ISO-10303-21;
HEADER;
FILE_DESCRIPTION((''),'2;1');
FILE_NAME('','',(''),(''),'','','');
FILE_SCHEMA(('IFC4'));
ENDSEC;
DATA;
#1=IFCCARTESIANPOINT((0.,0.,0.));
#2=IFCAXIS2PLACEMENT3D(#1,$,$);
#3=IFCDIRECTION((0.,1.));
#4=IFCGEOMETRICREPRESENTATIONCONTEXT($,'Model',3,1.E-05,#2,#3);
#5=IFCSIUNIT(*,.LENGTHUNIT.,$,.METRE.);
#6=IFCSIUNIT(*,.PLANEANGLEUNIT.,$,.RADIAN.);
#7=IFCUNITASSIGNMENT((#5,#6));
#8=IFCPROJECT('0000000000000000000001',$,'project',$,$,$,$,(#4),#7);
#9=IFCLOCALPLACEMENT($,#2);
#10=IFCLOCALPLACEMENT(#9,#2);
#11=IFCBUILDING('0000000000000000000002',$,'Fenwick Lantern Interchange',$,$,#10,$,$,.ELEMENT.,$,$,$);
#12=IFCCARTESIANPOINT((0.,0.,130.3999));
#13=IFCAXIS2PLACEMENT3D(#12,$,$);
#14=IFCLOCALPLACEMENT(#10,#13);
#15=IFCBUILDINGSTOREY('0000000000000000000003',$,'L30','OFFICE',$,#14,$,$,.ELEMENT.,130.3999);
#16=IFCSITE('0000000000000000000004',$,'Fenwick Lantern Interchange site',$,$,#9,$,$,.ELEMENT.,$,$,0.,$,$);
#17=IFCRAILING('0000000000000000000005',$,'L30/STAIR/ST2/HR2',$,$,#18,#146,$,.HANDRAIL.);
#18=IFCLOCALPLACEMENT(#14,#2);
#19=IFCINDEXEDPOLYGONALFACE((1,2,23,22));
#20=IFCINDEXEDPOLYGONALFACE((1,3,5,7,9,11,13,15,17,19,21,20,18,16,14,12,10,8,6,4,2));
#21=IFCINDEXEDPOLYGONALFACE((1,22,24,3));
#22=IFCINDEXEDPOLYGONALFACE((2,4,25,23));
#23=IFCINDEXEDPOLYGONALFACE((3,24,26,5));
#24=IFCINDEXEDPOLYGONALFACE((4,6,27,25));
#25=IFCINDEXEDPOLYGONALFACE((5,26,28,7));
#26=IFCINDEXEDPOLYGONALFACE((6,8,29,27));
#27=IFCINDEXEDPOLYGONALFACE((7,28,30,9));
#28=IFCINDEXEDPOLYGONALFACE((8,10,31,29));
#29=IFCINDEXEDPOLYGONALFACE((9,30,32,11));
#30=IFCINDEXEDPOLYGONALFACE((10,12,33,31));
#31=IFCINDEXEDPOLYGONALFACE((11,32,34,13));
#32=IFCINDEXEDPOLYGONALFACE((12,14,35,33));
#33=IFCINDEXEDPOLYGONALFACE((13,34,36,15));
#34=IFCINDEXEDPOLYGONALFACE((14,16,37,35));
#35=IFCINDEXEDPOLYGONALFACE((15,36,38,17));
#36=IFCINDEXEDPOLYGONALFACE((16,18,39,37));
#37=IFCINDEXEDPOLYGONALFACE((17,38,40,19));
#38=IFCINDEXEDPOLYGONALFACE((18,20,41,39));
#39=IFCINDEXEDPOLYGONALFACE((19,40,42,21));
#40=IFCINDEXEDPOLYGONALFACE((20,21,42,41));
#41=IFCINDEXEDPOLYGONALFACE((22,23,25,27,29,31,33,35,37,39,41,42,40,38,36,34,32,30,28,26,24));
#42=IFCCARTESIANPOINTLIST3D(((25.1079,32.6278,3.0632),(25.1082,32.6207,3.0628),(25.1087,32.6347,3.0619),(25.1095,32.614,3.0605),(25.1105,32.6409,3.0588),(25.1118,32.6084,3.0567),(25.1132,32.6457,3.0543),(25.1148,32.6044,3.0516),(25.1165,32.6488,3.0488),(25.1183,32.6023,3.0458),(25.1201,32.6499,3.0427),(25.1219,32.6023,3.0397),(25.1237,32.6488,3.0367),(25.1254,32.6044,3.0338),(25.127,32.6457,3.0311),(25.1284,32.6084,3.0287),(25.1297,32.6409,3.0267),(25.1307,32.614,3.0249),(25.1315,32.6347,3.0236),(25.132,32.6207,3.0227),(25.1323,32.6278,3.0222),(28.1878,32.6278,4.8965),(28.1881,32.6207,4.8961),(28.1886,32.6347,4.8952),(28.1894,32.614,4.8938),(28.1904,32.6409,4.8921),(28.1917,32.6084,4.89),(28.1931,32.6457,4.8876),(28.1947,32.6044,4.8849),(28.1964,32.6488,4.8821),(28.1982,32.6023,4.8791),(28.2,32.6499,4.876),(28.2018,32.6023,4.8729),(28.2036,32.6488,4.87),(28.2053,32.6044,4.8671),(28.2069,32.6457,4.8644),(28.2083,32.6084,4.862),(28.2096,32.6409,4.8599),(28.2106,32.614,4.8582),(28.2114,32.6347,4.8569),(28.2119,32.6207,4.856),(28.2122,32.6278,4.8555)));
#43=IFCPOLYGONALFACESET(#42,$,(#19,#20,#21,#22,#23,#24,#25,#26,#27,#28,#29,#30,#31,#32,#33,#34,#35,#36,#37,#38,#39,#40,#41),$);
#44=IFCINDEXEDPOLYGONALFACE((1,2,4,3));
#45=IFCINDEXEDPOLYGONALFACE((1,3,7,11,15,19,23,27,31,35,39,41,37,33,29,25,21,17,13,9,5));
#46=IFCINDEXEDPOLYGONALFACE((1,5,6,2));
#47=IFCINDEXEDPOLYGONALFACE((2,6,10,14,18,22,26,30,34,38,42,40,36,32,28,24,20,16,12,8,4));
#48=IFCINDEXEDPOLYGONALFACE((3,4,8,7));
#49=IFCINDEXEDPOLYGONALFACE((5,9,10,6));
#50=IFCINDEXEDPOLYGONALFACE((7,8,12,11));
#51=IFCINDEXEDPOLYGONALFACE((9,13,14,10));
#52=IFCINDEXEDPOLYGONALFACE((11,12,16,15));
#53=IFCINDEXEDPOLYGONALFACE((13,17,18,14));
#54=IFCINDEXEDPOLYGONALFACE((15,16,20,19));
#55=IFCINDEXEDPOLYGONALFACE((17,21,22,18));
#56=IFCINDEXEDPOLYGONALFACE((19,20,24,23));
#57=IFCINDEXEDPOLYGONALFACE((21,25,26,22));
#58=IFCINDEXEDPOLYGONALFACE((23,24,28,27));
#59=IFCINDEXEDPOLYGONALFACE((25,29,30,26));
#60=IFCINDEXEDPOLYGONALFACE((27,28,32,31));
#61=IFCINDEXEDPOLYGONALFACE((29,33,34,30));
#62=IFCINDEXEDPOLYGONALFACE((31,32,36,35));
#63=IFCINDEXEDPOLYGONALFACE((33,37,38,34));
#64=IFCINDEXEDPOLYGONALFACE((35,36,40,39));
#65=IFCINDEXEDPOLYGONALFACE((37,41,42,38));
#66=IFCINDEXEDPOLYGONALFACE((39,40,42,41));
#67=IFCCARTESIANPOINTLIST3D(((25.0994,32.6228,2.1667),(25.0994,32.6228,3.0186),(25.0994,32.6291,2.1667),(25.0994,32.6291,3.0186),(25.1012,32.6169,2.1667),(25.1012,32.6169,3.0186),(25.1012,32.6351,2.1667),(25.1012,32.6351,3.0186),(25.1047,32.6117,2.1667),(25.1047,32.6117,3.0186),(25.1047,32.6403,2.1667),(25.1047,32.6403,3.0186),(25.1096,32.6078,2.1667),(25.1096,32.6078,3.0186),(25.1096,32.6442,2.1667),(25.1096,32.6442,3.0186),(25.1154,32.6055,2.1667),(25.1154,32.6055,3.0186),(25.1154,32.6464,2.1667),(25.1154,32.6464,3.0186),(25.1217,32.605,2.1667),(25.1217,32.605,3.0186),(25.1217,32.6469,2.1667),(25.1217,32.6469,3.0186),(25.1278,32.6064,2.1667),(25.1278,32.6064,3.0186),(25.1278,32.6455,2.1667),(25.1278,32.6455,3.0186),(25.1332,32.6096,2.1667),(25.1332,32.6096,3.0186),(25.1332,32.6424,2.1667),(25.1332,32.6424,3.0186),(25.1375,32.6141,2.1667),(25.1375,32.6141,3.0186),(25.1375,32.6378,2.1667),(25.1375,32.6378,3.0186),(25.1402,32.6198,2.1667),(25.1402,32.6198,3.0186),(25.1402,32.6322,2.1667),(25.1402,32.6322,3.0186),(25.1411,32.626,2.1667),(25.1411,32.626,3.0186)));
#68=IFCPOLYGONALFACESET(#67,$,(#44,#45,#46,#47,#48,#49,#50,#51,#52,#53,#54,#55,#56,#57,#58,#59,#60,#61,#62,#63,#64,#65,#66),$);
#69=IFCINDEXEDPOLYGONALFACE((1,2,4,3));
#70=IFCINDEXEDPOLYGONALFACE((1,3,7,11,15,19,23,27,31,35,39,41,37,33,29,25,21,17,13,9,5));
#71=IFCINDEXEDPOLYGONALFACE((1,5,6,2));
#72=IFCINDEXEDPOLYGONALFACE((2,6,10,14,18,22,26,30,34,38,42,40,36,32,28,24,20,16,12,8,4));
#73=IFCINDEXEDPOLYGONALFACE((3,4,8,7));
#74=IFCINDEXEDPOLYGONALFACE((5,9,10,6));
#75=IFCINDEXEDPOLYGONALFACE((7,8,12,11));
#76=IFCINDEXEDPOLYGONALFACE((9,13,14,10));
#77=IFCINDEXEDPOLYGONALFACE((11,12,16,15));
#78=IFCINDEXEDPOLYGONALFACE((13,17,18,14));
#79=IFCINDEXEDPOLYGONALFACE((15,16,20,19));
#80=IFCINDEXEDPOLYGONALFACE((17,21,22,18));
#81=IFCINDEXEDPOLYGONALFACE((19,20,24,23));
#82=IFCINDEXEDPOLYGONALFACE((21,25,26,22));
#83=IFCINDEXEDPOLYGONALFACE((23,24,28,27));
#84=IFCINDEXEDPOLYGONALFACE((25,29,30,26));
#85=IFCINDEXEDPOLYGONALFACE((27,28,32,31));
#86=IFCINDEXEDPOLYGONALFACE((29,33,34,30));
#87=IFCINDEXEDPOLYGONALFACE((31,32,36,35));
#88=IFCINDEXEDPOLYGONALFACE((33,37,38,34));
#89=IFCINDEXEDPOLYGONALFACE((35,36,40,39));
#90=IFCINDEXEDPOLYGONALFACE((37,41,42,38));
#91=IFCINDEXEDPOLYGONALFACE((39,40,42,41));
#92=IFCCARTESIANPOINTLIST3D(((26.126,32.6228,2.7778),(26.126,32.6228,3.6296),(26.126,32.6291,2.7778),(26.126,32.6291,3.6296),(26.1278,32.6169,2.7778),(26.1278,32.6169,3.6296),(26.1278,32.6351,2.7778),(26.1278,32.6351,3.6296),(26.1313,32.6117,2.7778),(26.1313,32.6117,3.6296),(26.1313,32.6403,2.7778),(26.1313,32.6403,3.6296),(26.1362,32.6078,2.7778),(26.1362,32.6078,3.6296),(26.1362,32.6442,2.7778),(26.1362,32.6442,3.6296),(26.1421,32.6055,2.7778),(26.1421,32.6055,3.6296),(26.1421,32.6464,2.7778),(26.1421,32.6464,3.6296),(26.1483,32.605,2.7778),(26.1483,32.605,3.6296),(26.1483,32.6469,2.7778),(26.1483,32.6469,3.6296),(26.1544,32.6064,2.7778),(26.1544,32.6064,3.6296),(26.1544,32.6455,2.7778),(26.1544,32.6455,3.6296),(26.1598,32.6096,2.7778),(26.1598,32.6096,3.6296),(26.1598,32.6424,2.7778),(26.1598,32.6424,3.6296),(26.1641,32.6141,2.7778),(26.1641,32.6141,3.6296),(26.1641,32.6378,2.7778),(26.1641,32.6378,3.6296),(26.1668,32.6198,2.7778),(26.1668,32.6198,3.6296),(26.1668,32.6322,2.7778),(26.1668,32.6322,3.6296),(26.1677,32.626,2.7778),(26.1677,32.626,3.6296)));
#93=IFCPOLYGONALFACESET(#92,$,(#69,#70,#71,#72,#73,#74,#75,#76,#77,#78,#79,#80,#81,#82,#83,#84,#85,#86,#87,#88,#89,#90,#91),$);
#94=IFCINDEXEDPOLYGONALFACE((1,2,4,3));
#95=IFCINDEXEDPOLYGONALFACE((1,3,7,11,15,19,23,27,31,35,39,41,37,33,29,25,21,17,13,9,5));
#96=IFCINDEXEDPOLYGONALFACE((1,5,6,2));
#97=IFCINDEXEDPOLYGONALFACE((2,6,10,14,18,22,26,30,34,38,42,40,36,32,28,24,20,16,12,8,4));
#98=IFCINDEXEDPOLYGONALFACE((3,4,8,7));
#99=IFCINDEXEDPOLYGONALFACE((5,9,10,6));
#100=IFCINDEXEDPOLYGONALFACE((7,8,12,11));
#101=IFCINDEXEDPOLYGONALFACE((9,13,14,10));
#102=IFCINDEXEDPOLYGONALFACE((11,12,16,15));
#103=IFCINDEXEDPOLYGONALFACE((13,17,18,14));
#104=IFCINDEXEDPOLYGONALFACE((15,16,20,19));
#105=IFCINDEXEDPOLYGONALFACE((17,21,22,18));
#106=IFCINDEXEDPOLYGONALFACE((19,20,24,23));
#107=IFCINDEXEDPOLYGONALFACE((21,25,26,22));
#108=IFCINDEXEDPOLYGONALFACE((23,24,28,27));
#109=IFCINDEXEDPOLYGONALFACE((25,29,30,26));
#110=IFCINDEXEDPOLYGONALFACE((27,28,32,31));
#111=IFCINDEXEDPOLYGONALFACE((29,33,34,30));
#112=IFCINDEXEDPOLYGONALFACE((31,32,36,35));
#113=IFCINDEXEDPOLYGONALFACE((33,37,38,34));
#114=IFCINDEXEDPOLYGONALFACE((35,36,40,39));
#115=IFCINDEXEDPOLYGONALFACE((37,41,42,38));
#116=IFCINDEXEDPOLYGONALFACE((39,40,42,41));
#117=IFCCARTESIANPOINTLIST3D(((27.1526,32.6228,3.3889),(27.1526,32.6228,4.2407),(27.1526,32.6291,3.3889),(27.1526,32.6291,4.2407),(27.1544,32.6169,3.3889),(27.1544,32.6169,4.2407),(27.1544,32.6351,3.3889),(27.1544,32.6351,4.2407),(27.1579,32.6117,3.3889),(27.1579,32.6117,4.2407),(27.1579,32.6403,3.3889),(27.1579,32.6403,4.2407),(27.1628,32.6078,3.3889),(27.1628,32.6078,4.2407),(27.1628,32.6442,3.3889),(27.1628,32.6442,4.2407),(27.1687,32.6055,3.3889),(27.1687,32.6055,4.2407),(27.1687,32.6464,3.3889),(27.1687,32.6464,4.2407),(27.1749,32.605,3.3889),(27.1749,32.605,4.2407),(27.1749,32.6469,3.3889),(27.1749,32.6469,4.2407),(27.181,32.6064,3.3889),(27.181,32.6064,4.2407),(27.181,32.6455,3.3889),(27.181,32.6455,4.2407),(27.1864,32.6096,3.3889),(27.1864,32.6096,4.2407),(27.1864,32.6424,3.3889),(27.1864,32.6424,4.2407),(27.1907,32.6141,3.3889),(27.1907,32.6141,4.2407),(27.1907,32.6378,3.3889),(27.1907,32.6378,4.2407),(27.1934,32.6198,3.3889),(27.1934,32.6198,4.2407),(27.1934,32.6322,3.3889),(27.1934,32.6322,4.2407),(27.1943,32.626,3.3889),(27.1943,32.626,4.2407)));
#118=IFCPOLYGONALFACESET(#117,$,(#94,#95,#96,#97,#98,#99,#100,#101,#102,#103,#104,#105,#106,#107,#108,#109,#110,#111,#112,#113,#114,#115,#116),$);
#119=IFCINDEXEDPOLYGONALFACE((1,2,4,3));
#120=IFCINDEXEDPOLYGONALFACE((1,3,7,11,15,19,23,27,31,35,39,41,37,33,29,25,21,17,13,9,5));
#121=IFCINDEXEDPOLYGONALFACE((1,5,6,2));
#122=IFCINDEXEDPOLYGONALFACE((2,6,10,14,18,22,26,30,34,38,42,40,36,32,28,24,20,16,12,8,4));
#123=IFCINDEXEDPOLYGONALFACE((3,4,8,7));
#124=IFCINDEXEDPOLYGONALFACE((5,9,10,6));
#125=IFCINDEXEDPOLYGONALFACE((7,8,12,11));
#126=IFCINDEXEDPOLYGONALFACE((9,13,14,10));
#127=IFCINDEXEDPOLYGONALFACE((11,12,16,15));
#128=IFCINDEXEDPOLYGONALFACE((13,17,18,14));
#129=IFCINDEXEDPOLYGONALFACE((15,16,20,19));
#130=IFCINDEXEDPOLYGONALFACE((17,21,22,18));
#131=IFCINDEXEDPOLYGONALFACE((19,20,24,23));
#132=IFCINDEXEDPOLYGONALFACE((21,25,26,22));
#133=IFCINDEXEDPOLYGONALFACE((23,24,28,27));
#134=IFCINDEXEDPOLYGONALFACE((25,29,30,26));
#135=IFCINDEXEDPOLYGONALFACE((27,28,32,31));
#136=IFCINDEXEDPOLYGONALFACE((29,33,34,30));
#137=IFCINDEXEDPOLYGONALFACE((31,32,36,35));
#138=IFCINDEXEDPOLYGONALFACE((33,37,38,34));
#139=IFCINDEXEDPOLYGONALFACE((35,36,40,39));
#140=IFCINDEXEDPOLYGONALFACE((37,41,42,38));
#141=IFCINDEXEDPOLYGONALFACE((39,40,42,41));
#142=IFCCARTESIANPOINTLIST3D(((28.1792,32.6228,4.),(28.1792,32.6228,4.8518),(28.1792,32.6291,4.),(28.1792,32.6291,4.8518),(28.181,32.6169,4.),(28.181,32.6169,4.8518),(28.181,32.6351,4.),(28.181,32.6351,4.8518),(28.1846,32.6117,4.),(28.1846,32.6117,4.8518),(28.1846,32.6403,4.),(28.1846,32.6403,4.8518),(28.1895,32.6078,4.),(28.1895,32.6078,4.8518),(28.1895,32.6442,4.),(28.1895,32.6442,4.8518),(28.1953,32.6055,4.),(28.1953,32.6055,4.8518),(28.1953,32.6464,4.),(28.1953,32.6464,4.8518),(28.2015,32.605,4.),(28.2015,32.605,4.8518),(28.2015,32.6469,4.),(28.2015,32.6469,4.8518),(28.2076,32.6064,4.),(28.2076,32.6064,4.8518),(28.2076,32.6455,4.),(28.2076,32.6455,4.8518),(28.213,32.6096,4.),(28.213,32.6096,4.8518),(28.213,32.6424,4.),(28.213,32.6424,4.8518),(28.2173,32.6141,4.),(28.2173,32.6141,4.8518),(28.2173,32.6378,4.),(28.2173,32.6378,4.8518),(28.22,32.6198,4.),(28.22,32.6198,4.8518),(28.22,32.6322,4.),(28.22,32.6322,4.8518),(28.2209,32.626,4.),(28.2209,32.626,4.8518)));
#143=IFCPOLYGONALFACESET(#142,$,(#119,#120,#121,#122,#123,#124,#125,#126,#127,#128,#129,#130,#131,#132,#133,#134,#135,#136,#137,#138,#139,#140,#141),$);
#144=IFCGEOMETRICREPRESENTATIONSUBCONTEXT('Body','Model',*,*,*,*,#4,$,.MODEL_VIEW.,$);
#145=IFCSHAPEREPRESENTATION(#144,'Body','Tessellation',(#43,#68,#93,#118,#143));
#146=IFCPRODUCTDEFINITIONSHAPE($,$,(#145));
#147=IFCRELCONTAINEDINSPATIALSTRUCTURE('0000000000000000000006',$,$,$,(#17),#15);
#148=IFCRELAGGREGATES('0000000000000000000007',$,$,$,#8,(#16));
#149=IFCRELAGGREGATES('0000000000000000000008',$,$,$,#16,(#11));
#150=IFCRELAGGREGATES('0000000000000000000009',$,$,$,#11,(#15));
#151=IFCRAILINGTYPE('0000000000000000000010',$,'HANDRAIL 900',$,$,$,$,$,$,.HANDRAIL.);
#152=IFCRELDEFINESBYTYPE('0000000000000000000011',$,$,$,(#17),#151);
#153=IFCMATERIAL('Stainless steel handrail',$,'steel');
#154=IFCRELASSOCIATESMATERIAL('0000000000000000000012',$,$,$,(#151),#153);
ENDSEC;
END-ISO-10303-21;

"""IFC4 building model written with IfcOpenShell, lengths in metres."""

from ifc_helpers import new_model, si_unit, direction, frame, origin, origin_2d, place, context, subcontext, project, spatial, circle, extrude, material, type_object, element, save


model = new_model("IFC4")

# Units and contexts
model_context = context("Model", 3, precision=1e-05, world=origin(), true_north=direction((0.0, 1.0)))
body_context = subcontext(model_context, "Body", "Model", "MODEL_VIEW")
ifc_project = project(units=[si_unit("LENGTHUNIT", "METRE"), si_unit("PLANEANGLEUNIT", "RADIAN")], contexts=[model_context])

# Site, building, storey
site_placement = place(None, origin())
site = spatial("IfcSite", under=ifc_project, at=site_placement, Name="Fenwick Lantern Interchange site", CompositionType="ELEMENT", RefElevation=0.0)
building_placement = place(site_placement, origin())
building = spatial("IfcBuilding", under=site, at=building_placement, Name="Fenwick Lantern Interchange", CompositionType="ELEMENT")
storey_placement = place(building_placement, frame((0.0, 0.0, 130.3999)))
storey = spatial("IfcBuildingStorey", under=building, at=storey_placement, Name="L30", Description="OFFICE", CompositionType="ELEMENT", Elevation=130.3999)

# Railing
ifc_material_1 = material(Name="Stainless steel handrail", Category="steel")
railing_type = type_object("IfcRailingType", Name="HANDRAIL 900", PredefinedType="HANDRAIL", material=ifc_material_1)
railing_1_placement = place(storey_placement, frame((25.1201, 32.626, 2.1667)))
element("IfcRailing", 1, at=railing_1_placement, inside=storey, type_object=railing_type, Name="L30/STAIR/ST2/HR2", PredefinedType="HANDRAIL", context=body_context, shape_type="SweptSolid", body=[
    extrude(circle(Radius=0.0239, at=origin_2d()), frame((0.0, 0.0, 0.876), z_axis=(0.859291, 0.0, 0.511487), x_axis=(0.0, 1.0, 0.0)), (0.0, 0.0, 1.0), 3.5842),
    extrude(circle(Radius=0.021, at=origin_2d()), origin(), (0.0, 0.0, 1.0), 0.8518),
    extrude(circle(Radius=0.021, at=origin_2d()), frame((1.0266, 0.0, 0.6111)), (0.0, 0.0, 1.0), 0.8518),
    extrude(circle(Radius=0.021, at=origin_2d()), frame((2.0532, 0.0, 1.2222)), (0.0, 0.0, 1.0), 0.8518),
    extrude(circle(Radius=0.021, at=origin_2d()), frame((3.0798, 0.0, 1.8333)), (0.0, 0.0, 1.0), 0.8518),
])

save(model, "model.ifc")
